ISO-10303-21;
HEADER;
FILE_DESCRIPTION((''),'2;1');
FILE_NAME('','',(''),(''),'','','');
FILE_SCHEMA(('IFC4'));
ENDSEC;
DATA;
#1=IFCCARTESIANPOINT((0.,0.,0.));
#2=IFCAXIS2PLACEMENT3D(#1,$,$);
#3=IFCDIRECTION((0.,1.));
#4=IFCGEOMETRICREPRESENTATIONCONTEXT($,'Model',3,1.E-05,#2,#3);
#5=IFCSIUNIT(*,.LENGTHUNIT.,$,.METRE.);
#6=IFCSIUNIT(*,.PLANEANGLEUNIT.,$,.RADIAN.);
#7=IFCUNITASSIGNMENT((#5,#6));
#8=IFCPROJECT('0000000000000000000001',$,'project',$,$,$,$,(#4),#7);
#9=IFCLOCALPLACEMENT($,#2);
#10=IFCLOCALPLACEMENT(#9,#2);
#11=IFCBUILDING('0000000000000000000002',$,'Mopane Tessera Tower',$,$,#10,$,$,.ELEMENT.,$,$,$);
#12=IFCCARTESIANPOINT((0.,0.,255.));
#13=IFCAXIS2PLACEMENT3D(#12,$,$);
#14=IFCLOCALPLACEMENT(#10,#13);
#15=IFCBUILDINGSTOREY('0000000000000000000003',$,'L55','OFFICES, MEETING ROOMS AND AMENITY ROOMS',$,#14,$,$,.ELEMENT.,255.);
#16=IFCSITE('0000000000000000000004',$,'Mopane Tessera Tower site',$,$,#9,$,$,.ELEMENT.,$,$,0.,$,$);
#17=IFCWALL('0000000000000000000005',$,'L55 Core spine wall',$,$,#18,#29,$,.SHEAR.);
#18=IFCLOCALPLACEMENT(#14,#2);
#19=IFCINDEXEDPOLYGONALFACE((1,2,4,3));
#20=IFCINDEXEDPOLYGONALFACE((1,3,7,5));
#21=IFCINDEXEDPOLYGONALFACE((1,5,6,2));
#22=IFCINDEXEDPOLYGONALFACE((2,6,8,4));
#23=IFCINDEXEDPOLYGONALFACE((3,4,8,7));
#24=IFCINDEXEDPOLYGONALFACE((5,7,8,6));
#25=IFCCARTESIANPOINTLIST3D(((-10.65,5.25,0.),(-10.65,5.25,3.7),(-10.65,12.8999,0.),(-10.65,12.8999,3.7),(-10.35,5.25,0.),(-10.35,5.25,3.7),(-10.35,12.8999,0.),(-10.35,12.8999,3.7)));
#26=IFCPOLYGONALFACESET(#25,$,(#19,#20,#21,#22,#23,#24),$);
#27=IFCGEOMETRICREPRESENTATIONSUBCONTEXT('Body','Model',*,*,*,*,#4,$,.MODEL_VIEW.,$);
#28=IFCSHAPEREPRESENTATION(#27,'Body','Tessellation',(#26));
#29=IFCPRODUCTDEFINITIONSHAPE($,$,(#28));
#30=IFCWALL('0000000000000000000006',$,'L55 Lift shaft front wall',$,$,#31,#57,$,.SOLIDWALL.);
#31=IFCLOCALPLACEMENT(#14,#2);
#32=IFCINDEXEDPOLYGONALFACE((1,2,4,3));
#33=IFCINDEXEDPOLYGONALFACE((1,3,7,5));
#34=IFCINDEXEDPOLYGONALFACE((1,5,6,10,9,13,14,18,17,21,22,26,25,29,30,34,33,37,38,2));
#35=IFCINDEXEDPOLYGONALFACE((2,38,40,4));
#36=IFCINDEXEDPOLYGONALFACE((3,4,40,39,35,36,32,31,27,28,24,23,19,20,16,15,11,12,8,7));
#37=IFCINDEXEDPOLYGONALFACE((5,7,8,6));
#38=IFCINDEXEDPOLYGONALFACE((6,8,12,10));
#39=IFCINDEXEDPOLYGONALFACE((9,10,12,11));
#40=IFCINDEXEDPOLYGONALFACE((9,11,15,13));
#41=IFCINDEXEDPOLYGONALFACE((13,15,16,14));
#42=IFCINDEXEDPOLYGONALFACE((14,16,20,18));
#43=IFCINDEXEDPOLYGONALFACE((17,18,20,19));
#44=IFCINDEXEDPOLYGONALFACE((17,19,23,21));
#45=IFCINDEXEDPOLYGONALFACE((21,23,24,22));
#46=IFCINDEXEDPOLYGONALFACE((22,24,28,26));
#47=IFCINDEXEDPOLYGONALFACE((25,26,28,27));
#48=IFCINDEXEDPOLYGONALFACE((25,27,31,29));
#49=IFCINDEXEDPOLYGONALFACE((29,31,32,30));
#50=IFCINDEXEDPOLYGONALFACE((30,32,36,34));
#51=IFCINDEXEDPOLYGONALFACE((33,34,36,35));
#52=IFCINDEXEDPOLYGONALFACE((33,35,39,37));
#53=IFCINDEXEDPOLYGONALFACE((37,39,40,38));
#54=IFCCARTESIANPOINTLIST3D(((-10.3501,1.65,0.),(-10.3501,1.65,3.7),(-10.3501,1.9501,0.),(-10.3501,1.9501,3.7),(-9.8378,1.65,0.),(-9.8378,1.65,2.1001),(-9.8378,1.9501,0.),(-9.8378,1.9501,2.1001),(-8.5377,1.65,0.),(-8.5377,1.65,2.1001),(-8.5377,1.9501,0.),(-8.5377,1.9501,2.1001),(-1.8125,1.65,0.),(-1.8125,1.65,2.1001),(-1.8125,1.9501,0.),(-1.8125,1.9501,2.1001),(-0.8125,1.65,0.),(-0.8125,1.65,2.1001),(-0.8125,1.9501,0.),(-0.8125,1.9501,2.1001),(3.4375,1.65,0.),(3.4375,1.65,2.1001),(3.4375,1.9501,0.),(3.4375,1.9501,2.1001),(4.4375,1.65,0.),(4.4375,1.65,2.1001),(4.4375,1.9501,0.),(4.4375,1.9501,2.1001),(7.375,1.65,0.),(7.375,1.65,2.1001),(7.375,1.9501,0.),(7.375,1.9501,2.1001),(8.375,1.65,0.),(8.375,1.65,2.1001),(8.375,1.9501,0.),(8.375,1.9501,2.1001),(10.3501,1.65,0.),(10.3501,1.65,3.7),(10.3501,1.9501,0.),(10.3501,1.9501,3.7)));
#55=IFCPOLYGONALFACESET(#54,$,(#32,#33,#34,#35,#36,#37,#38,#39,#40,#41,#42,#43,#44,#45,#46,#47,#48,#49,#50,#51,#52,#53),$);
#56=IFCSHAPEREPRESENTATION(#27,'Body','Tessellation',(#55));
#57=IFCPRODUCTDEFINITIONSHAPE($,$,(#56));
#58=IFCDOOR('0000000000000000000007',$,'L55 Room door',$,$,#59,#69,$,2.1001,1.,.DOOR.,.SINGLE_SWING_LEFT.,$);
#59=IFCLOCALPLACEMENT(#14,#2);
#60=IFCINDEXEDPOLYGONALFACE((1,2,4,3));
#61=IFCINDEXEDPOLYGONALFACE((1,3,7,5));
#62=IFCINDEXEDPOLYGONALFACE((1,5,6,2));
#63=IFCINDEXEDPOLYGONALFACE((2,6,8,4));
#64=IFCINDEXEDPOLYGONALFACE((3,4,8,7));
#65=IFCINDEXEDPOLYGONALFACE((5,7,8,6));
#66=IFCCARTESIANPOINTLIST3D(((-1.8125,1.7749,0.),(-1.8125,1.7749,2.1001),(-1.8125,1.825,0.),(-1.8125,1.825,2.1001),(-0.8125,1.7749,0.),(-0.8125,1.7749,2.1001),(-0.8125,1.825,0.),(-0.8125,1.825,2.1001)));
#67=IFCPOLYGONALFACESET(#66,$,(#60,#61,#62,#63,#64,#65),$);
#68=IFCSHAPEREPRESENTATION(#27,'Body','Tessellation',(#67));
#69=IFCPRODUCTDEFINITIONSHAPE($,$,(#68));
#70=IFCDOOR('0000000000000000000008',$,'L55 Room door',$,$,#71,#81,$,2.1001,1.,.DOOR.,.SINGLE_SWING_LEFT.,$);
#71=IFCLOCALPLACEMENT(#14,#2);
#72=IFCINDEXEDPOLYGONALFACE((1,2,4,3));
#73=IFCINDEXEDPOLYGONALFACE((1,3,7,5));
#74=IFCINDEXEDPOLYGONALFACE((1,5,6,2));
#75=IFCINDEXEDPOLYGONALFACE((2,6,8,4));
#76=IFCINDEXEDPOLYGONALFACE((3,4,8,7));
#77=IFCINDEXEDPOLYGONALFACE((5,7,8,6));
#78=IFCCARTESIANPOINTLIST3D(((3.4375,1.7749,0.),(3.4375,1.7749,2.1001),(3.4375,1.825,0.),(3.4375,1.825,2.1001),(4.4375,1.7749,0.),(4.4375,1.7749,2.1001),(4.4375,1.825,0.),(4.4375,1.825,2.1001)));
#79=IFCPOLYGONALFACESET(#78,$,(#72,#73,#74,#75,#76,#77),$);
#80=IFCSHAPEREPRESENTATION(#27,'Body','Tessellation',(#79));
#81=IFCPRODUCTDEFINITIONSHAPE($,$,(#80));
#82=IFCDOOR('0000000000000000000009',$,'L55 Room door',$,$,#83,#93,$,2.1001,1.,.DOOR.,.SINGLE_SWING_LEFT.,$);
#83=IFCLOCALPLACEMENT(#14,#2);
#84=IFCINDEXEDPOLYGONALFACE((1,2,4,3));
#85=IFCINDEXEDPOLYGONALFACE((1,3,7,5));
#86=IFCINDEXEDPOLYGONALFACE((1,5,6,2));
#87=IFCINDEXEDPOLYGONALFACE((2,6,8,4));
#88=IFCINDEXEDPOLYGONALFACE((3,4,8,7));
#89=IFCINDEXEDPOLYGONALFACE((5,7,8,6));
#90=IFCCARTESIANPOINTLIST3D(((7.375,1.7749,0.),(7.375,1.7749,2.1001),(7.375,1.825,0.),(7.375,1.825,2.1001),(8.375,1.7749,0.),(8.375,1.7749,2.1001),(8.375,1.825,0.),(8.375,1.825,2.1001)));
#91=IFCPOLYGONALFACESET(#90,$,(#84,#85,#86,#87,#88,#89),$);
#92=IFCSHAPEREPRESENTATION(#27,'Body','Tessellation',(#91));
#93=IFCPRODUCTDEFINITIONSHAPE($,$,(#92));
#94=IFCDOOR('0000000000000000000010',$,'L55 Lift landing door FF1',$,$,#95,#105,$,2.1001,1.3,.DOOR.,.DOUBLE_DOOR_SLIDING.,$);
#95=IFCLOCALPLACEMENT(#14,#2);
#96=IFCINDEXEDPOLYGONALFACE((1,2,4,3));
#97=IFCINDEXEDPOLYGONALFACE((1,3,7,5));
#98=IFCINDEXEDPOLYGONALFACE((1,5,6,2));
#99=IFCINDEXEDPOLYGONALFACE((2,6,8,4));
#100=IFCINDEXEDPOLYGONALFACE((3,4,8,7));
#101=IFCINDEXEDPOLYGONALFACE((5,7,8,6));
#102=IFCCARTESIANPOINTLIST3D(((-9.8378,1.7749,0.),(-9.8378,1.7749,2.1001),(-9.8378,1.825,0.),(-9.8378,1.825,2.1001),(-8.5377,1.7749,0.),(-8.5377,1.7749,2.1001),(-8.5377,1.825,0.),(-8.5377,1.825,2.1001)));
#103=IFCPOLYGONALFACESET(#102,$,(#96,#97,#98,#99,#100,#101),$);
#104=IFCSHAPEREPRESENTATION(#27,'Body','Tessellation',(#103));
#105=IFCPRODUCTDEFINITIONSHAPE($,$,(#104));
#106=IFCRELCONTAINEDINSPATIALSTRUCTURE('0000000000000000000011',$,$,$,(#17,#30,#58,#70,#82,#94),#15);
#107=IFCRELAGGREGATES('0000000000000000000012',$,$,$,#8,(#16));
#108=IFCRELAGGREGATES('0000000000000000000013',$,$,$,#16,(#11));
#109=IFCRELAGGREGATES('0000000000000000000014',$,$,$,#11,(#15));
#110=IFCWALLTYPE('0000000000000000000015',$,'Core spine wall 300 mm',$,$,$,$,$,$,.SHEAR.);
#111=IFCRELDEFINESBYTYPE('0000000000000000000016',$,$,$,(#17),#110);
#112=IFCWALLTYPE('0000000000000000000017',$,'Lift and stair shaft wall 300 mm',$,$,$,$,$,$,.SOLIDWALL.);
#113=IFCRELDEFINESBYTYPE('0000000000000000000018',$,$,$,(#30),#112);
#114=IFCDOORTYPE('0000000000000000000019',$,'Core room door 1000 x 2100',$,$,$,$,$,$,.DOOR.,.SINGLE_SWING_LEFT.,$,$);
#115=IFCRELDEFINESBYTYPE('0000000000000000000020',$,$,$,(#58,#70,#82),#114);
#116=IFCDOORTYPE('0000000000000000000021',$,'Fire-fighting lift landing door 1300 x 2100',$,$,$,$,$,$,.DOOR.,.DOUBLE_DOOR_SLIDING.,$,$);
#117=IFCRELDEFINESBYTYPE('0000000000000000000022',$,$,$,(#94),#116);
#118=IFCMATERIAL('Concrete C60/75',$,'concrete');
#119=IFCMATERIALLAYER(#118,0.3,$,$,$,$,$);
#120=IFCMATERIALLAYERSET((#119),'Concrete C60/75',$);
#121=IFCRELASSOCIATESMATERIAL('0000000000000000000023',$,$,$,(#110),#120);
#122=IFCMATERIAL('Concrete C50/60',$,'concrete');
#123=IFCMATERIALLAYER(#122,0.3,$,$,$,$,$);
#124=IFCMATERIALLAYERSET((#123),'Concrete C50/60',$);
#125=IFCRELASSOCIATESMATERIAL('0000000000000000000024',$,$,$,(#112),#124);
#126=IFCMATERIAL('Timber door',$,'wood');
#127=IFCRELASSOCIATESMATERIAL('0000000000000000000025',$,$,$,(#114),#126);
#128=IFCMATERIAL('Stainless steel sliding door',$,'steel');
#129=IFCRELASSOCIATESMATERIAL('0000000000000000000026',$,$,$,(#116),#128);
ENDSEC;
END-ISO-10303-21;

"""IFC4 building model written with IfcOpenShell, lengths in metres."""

from ifc_helpers import new_model, si_unit, direction, frame, frame_2d, origin, place, context, subcontext, project, spatial, rectangle, extrude, material, layer, layer_set, type_object, element, fill, save


model = new_model("IFC4")

# Units and contexts
model_context = context("Model", 3, precision=1e-05, world=origin(), true_north=direction((0.0, 1.0)))
body_context = subcontext(model_context, "Body", "Model", "MODEL_VIEW")
ifc_project = project(units=[si_unit("LENGTHUNIT", "METRE"), si_unit("PLANEANGLEUNIT", "RADIAN")], contexts=[model_context])

# Site, building, storey
site_placement = place(None, origin())
site = spatial("IfcSite", under=ifc_project, at=site_placement, Name="Mopane Tessera Tower site", CompositionType="ELEMENT", RefElevation=0.0)
building_placement = place(site_placement, origin())
building = spatial("IfcBuilding", under=site, at=building_placement, Name="Mopane Tessera Tower", CompositionType="ELEMENT")
storey_placement = place(building_placement, frame((0.0, 0.0, 255.0)))
storey = spatial("IfcBuildingStorey", under=building, at=storey_placement, Name="L55", Description="OFFICES, MEETING ROOMS AND AMENITY ROOMS", CompositionType="ELEMENT", Elevation=255.0)

# Wall
ifc_material_1 = material(Name="Concrete C60/75", Category="concrete")
ifc_layer_1 = layer(ifc_material_1, 0.3)
ifc_layer_set_1 = layer_set([ifc_layer_1], Name="Concrete C60/75")
wall_type_1 = type_object("IfcWallType", Name="Core spine wall 300 mm", PredefinedType="SHEAR", material=ifc_layer_set_1)
wall_1_placement = place(storey_placement, frame((-10.5, 5.25, 0.0), z_axis=(0.0, 0.0, 1.0), x_axis=(0.0, 1.0, 0.0)))
element("IfcWall", 1, at=wall_1_placement, inside=storey, type_object=wall_type_1, Name="L55 Core spine wall", PredefinedType="SHEAR", context=body_context, shape_type="SweptSolid", body=[
    extrude(rectangle(XDim=7.6499, YDim=0.3, at=frame_2d((3.825, 0.0))), origin(), (0.0, 0.0, 1.0), 3.7),
])

# Wall, openings, doors
ifc_material_2 = material(Name="Concrete C50/60", Category="concrete")
ifc_layer_2 = layer(ifc_material_2, 0.3)
ifc_layer_set_2 = layer_set([ifc_layer_2], Name="Concrete C50/60")
wall_type_2 = type_object("IfcWallType", Name="Lift and stair shaft wall 300 mm", PredefinedType="SOLIDWALL", material=ifc_layer_set_2)
wall_2_placement = place(storey_placement, frame((-10.3501, 1.8, 0.0), z_axis=(0.0, 0.0, 1.0), x_axis=(1.0, 0.0, 0.0)))
wall_2 = element("IfcWall", 2, at=wall_2_placement, inside=storey, type_object=wall_type_2, Name="L55 Lift shaft front wall", PredefinedType="SOLIDWALL", context=body_context, shape_type="SweptSolid", body=[
    extrude(rectangle(XDim=20.7002, YDim=0.3, at=frame_2d((10.3501, 0.0))), origin(), (0.0, 0.0, 1.0), 3.7),
])
opening_1_placement = place(wall_2_placement, frame((0.5125, 0.0, 0.0)))
opening_1 = element("IfcOpeningElement", 3, at=opening_1_placement, cuts=wall_2, PredefinedType="OPENING", context=body_context, shape_type="SweptSolid", body=[
    extrude(rectangle(XDim=1.3, YDim=2.1001, at=frame_2d((0.6499, 1.05))), frame((0.0, 0.1621, 0.0), z_axis=(0.0, -1.0, 0.0), x_axis=(1.0, 0.0, 0.0)), (0.0, 0.0, 1.0), 0.324),
])
opening_2_placement = place(wall_2_placement, frame((8.5376, 0.0, 0.0)))
opening_2 = element("IfcOpeningElement", 4, at=opening_2_placement, cuts=wall_2, PredefinedType="OPENING", context=body_context, shape_type="SweptSolid", body=[
    extrude(rectangle(XDim=1.0, YDim=2.1001, at=frame_2d((0.5, 1.05))), frame((0.0, 0.1621, 0.0), z_axis=(0.0, -1.0, 0.0), x_axis=(1.0, 0.0, 0.0)), (0.0, 0.0, 1.0), 0.324),
])
opening_3_placement = place(wall_2_placement, frame((13.7876, 0.0, 0.0)))
opening_3 = element("IfcOpeningElement", 5, at=opening_3_placement, cuts=wall_2, PredefinedType="OPENING", context=body_context, shape_type="SweptSolid", body=[
    extrude(rectangle(XDim=1.0, YDim=2.1001, at=frame_2d((0.5, 1.05))), frame((0.0, 0.1621, 0.0), z_axis=(0.0, -1.0, 0.0), x_axis=(1.0, 0.0, 0.0)), (0.0, 0.0, 1.0), 0.324),
])
opening_4_placement = place(wall_2_placement, frame((17.7251, 0.0, 0.0)))
opening_4 = element("IfcOpeningElement", 6, at=opening_4_placement, cuts=wall_2, PredefinedType="OPENING", context=body_context, shape_type="SweptSolid", body=[
    extrude(rectangle(XDim=1.0, YDim=2.1001, at=frame_2d((0.5, 1.05))), frame((0.0, 0.1621, 0.0), z_axis=(0.0, -1.0, 0.0), x_axis=(1.0, 0.0, 0.0)), (0.0, 0.0, 1.0), 0.324),
])
ifc_material_3 = material(Name="Timber door", Category="wood")
door_type_1 = type_object("IfcDoorType", Name="Core room door 1000 x 2100", OperationType="SINGLE_SWING_LEFT", PredefinedType="DOOR", material=ifc_material_3)
door_1_placement = place(opening_2_placement, origin())
door_1 = element("IfcDoor", 7, at=door_1_placement, inside=storey, type_object=door_type_1, Name="L55 Room door", OperationType="SINGLE_SWING_LEFT", OverallHeight=2.1001, OverallWidth=1.0, PredefinedType="DOOR", context=body_context, shape_type="SweptSolid", body=[
    extrude(rectangle(XDim=1.0, YDim=2.1001, at=frame_2d((0.5, 1.05))), frame((0.0, 0.0249, 0.0), z_axis=(0.0, -1.0, 0.0), x_axis=(1.0, 0.0, 0.0)), (0.0, 0.0, 1.0), 0.05),
])
fill(opening_2, door_1)
door_2_placement = place(opening_3_placement, origin())
door_2 = element("IfcDoor", 8, at=door_2_placement, inside=storey, type_object=door_type_1, Name="L55 Room door", OperationType="SINGLE_SWING_LEFT", OverallHeight=2.1001, OverallWidth=1.0, PredefinedType="DOOR", context=body_context, shape_type="SweptSolid", body=[
    extrude(rectangle(XDim=1.0, YDim=2.1001, at=frame_2d((0.5, 1.05))), frame((0.0, 0.0249, 0.0), z_axis=(0.0, -1.0, 0.0), x_axis=(1.0, 0.0, 0.0)), (0.0, 0.0, 1.0), 0.05),
])
fill(opening_3, door_2)
door_3_placement = place(opening_4_placement, origin())
door_3 = element("IfcDoor", 9, at=door_3_placement, inside=storey, type_object=door_type_1, Name="L55 Room door", OperationType="SINGLE_SWING_LEFT", OverallHeight=2.1001, OverallWidth=1.0, PredefinedType="DOOR", context=body_context, shape_type="SweptSolid", body=[
    extrude(rectangle(XDim=1.0, YDim=2.1001, at=frame_2d((0.5, 1.05))), frame((0.0, 0.0249, 0.0), z_axis=(0.0, -1.0, 0.0), x_axis=(1.0, 0.0, 0.0)), (0.0, 0.0, 1.0), 0.05),
])
fill(opening_4, door_3)
ifc_material_4 = material(Name="Stainless steel sliding door", Category="steel")
door_type_2 = type_object("IfcDoorType", Name="Fire-fighting lift landing door 1300 x 2100", OperationType="DOUBLE_DOOR_SLIDING", PredefinedType="DOOR", material=ifc_material_4)
door_4_placement = place(opening_1_placement, origin())
door_4 = element("IfcDoor", 10, at=door_4_placement, inside=storey, type_object=door_type_2, Name="L55 Lift landing door FF1", OperationType="DOUBLE_DOOR_SLIDING", OverallHeight=2.1001, OverallWidth=1.3, PredefinedType="DOOR", context=body_context, shape_type="SweptSolid", body=[
    extrude(rectangle(XDim=1.3, YDim=2.1001, at=frame_2d((0.6499, 1.05))), frame((0.0, 0.0249, 0.0), z_axis=(0.0, -1.0, 0.0), x_axis=(1.0, 0.0, 0.0)), (0.0, 0.0, 1.0), 0.05),
])
fill(opening_1, door_4)

save(model, "model.ifc")
